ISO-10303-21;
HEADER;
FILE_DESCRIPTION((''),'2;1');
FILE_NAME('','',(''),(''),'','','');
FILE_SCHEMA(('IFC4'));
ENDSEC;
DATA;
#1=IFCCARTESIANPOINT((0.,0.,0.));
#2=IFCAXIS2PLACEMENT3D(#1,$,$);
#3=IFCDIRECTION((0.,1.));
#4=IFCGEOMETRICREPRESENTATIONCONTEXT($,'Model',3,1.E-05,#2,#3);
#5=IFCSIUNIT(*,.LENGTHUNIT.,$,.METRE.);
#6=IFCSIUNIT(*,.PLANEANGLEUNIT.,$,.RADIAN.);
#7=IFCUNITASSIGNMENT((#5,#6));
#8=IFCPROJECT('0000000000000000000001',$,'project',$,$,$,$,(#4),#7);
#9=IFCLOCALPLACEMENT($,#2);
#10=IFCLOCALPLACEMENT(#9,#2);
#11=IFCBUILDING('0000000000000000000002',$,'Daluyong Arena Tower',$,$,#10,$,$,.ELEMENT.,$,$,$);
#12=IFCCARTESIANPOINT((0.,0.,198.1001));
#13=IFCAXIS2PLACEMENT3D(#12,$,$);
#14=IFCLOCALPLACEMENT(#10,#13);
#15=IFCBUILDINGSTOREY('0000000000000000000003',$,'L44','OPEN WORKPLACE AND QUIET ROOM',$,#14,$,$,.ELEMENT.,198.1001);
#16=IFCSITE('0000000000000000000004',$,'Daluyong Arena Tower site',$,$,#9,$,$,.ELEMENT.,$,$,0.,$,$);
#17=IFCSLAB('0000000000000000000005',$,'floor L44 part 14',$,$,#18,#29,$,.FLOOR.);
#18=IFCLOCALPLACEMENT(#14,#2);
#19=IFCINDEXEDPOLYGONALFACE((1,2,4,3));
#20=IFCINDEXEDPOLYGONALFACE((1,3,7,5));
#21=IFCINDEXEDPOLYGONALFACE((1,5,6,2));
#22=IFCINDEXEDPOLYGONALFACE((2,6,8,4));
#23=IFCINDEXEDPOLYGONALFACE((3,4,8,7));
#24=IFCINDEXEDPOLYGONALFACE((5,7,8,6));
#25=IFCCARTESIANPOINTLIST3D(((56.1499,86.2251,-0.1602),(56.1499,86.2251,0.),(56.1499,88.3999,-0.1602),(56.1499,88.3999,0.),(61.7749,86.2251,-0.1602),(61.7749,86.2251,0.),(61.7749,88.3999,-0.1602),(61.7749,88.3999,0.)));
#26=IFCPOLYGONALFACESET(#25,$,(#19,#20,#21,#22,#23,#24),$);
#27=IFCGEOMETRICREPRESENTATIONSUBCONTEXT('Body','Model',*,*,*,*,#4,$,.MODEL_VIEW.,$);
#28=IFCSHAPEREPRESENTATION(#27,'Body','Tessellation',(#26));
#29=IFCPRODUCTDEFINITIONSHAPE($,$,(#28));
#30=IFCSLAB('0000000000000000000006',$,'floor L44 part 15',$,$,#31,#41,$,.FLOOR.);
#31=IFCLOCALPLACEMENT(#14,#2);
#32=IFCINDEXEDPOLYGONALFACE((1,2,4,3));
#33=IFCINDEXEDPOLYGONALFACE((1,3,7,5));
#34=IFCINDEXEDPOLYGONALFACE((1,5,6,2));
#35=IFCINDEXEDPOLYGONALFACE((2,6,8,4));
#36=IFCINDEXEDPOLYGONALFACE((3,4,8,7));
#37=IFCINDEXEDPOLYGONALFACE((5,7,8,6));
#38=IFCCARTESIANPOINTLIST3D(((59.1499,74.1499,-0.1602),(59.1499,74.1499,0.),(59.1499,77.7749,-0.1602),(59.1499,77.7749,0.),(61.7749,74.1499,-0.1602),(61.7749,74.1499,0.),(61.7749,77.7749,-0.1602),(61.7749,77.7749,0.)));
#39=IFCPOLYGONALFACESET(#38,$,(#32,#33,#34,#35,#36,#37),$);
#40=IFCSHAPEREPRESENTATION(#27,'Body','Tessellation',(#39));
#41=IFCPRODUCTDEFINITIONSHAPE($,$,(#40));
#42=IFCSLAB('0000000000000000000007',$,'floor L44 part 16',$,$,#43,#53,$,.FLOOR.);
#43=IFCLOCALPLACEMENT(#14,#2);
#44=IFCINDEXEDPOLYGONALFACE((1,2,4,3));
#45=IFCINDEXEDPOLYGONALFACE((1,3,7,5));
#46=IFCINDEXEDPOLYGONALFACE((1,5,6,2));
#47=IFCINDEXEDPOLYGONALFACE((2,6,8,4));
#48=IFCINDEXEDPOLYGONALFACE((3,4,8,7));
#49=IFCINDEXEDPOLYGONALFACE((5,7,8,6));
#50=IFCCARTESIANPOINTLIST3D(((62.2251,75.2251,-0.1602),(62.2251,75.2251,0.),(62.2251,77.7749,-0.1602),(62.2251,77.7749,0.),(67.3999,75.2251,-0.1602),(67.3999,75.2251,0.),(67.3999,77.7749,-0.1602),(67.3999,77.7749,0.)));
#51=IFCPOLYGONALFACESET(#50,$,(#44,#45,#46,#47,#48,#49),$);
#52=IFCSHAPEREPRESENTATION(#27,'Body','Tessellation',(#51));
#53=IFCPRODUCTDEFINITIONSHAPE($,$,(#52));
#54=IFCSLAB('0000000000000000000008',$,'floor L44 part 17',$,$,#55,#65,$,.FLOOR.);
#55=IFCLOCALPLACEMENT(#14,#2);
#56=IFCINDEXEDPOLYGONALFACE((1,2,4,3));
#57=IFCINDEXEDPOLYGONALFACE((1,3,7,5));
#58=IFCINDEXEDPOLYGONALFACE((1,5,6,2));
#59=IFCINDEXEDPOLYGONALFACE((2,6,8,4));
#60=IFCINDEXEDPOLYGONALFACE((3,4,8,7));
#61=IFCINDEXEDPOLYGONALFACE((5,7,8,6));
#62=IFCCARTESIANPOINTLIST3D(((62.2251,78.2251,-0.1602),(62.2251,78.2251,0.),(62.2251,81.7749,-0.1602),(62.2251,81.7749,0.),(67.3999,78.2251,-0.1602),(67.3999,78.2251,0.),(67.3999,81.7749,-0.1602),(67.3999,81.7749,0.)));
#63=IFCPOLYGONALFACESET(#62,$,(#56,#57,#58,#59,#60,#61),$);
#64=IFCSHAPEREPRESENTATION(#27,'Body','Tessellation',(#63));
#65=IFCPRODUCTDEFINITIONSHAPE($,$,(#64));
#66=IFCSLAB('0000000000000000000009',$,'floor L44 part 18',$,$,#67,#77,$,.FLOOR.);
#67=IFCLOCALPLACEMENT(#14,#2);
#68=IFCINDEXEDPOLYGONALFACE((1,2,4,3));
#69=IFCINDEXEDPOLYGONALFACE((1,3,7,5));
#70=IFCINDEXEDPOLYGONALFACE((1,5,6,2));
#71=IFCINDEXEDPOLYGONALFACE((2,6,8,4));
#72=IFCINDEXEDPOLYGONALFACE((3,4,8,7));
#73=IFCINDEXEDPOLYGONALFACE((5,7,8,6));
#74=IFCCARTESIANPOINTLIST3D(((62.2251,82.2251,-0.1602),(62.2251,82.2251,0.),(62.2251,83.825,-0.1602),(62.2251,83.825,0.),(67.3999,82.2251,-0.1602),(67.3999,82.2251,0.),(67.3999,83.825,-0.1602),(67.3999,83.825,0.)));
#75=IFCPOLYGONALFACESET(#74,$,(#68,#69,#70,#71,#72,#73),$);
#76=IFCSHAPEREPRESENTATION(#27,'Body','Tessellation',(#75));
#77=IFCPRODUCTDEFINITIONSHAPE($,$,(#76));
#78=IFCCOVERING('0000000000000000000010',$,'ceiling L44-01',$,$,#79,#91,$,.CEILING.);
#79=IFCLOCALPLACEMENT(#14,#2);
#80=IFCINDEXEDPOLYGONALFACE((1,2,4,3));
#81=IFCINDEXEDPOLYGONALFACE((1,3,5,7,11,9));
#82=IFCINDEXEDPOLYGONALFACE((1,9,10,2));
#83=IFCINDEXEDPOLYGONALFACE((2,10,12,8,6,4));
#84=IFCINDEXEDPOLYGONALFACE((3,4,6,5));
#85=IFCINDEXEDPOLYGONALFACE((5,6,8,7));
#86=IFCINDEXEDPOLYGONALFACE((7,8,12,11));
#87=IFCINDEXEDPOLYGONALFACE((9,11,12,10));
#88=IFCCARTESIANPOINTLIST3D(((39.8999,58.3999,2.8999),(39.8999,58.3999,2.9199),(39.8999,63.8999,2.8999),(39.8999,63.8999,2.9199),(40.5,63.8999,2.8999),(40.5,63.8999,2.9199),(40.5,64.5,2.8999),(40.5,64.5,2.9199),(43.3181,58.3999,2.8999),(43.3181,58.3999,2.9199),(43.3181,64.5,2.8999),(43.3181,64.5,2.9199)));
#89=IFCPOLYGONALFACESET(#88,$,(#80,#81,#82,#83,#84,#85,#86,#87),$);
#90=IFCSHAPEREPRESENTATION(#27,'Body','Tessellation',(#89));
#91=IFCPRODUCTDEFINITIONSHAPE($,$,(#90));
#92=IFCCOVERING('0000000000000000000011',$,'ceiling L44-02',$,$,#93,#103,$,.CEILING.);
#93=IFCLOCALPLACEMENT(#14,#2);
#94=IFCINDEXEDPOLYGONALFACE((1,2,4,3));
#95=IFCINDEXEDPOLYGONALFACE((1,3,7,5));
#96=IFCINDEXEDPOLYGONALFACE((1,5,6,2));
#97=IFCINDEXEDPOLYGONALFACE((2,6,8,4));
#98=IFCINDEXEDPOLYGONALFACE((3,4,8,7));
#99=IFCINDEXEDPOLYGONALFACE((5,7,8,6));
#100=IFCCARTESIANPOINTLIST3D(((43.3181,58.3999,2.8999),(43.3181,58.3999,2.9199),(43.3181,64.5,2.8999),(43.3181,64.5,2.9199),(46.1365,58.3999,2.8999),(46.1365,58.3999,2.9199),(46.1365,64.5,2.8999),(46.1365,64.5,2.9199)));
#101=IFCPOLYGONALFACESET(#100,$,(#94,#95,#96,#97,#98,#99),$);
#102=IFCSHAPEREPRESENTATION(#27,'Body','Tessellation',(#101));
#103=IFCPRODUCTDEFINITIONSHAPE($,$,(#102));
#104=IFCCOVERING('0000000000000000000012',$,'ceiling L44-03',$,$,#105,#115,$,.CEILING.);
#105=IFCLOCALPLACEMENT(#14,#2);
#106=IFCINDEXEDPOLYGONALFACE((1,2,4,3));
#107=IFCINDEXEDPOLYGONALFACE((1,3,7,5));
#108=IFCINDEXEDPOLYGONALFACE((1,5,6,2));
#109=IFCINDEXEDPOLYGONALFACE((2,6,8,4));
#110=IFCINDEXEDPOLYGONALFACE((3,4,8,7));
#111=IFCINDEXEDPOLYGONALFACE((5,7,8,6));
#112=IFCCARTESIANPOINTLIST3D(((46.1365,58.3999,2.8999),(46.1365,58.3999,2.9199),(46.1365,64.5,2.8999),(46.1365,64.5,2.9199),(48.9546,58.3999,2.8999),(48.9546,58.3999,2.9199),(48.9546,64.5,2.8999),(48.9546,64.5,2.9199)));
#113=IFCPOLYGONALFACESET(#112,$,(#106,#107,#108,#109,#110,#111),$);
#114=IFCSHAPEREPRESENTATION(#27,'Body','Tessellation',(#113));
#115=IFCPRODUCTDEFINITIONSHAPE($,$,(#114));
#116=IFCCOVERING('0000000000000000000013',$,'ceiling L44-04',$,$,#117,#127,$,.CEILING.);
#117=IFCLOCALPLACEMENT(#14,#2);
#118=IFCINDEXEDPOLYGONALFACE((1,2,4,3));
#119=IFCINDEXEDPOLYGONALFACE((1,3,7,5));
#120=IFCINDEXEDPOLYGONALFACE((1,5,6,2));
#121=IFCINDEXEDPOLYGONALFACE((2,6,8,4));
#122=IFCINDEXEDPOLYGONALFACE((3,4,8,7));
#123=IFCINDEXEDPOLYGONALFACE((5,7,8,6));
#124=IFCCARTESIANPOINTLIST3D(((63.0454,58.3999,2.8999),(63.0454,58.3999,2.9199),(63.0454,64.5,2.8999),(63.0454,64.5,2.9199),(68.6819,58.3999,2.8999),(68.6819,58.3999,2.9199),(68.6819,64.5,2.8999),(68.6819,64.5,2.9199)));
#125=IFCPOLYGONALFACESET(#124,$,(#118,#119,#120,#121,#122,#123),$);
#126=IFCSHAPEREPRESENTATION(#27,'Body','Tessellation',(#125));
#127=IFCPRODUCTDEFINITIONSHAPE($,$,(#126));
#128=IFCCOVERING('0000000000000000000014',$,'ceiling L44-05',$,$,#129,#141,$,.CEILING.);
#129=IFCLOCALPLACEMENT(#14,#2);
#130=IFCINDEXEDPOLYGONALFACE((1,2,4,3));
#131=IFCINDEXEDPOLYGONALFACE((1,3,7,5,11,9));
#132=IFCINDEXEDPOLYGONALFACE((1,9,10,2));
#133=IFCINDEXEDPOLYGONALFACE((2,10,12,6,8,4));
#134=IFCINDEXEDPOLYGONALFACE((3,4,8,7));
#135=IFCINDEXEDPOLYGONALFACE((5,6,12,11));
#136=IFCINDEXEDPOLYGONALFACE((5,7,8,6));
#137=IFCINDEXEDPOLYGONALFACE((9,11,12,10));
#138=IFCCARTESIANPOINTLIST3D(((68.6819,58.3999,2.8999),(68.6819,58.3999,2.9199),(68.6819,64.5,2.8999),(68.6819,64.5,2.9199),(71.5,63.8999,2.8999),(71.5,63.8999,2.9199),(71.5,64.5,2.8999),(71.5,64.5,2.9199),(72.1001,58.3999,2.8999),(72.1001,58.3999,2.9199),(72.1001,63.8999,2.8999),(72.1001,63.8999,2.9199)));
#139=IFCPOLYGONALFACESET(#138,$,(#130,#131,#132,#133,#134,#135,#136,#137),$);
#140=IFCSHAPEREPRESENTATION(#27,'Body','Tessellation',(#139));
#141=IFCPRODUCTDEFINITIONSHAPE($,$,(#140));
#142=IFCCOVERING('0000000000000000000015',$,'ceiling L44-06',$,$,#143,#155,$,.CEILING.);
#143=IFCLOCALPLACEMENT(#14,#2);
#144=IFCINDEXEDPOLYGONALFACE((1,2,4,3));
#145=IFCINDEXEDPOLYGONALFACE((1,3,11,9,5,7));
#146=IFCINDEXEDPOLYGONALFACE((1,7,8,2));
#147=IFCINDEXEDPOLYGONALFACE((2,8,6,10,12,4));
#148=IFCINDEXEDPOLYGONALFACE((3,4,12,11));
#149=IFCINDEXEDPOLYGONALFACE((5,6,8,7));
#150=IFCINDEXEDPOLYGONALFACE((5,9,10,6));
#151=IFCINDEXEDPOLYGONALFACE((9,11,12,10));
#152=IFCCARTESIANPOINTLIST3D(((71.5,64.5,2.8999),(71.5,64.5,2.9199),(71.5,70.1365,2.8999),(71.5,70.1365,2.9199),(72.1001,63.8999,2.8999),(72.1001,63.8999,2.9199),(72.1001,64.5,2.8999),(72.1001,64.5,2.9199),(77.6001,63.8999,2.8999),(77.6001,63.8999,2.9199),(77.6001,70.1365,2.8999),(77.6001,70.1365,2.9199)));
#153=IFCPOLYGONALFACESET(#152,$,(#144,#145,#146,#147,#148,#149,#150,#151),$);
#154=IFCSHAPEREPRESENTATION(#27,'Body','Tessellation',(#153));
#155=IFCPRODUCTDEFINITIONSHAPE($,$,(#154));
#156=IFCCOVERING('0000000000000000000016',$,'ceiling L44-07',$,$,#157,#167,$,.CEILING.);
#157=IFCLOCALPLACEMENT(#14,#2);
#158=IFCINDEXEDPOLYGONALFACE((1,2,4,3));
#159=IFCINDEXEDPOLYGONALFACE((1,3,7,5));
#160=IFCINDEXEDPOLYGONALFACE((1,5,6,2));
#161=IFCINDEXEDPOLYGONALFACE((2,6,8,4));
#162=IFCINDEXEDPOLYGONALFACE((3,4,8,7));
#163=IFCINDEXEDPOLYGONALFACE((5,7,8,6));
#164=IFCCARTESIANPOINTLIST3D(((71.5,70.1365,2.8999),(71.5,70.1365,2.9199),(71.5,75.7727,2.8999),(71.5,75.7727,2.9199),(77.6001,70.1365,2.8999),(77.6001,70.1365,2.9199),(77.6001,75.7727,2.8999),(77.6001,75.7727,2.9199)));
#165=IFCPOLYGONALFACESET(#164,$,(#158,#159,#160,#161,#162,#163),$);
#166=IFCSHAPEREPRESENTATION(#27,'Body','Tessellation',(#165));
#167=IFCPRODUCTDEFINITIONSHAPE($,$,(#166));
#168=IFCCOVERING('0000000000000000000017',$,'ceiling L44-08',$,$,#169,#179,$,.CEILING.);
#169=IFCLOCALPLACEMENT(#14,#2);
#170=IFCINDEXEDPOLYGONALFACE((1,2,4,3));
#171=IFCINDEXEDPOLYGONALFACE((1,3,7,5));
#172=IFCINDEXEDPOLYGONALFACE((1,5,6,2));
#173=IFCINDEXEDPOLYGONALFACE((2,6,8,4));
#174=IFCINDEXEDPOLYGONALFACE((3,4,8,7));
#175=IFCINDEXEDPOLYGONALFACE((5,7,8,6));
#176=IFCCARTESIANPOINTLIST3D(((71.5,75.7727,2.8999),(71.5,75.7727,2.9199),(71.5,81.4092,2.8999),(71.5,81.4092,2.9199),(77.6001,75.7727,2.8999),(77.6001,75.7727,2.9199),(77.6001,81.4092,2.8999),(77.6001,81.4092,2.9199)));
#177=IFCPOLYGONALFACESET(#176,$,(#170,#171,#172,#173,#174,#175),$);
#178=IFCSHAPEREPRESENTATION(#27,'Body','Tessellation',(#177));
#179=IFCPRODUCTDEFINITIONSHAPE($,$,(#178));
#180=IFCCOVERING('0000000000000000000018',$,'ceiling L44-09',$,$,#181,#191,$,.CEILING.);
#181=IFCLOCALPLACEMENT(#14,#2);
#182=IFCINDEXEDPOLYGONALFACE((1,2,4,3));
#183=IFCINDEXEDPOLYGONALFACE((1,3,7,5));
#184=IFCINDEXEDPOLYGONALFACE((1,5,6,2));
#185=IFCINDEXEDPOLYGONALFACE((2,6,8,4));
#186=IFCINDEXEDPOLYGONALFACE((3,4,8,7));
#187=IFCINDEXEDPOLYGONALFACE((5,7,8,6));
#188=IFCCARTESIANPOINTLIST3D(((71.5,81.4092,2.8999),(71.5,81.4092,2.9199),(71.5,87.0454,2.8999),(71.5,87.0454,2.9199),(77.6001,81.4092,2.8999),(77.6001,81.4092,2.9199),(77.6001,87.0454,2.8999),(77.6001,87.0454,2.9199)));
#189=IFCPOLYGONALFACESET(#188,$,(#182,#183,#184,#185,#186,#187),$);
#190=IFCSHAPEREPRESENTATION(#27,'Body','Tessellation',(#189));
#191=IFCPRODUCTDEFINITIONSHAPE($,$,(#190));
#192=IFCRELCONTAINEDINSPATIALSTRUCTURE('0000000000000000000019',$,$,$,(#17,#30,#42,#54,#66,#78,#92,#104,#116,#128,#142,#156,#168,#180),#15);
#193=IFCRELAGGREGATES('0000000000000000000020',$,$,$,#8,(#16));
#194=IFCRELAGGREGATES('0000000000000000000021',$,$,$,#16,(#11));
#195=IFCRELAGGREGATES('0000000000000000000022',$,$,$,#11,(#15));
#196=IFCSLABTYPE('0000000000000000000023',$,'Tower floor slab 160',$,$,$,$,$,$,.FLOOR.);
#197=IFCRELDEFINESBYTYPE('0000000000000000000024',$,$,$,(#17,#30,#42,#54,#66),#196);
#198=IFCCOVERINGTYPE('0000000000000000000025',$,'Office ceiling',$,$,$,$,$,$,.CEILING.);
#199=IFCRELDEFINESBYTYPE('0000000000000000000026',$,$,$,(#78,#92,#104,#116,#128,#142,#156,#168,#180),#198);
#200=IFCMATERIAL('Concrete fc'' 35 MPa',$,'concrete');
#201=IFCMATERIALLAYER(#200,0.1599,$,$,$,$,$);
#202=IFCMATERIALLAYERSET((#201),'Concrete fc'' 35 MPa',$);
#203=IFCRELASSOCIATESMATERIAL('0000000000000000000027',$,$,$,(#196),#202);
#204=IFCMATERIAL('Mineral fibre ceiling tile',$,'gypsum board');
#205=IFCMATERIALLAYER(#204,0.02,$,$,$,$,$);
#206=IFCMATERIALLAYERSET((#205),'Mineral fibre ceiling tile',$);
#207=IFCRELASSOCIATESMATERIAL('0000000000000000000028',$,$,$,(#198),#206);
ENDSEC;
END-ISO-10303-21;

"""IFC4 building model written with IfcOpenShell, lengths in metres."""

from ifc_helpers import new_model, si_unit, direction, frame, origin, place, context, subcontext, project, spatial, polyline, outline, extrude, material, layer, layer_set, type_object, element, save


model = new_model("IFC4")

# Units and contexts
model_context = context("Model", 3, precision=1e-05, world=origin(), true_north=direction((0.0, 1.0)))
body_context = subcontext(model_context, "Body", "Model", "MODEL_VIEW")
ifc_project = project(units=[si_unit("LENGTHUNIT", "METRE"), si_unit("PLANEANGLEUNIT", "RADIAN")], contexts=[model_context])

# Site, building, storey
site_placement = place(None, origin())
site = spatial("IfcSite", under=ifc_project, at=site_placement, Name="Daluyong Arena Tower site", CompositionType="ELEMENT", RefElevation=0.0)
building_placement = place(site_placement, origin())
building = spatial("IfcBuilding", under=site, at=building_placement, Name="Daluyong Arena Tower", CompositionType="ELEMENT")
storey_placement = place(building_placement, frame((0.0, 0.0, 198.1001)))
storey = spatial("IfcBuildingStorey", under=building, at=storey_placement, Name="L44", Description="OPEN WORKPLACE AND QUIET ROOM", CompositionType="ELEMENT", Elevation=198.1001)

# Slabs
ifc_material_1 = material(Name="Concrete fc' 35 MPa", Category="concrete")
ifc_layer_1 = layer(ifc_material_1, 0.1599)
ifc_layer_set_1 = layer_set([ifc_layer_1], Name="Concrete fc' 35 MPa")
slab_type = type_object("IfcSlabType", Name="Tower floor slab 160", PredefinedType="FLOOR", material=ifc_layer_set_1)
slab_1_placement = place(storey_placement, frame((0.0, 0.0, -0.1602)))
element("IfcSlab", 1, at=slab_1_placement, inside=storey, type_object=slab_type, Name="floor L44 part 14", PredefinedType="FLOOR", context=body_context, shape_type="SweptSolid", body=[
    extrude(outline(polyline([(56.1499, 88.3999), (56.1499, 86.2251), (61.7749, 86.2251), (61.7749, 88.3999), (56.1499, 88.3999)])), origin(), (0.0, 0.0, 1.0), 0.1602),
])
slab_2_placement = place(storey_placement, frame((0.0, 0.0, -0.1602)))
element("IfcSlab", 2, at=slab_2_placement, inside=storey, type_object=slab_type, Name="floor L44 part 15", PredefinedType="FLOOR", context=body_context, shape_type="SweptSolid", body=[
    extrude(outline(polyline([(61.7749, 77.7749), (59.1499, 77.7749), (59.1499, 74.1499), (61.7749, 74.1499), (61.7749, 77.7749)])), origin(), (0.0, 0.0, 1.0), 0.1602),
])
slab_3_placement = place(storey_placement, frame((0.0, 0.0, -0.1602)))
element("IfcSlab", 3, at=slab_3_placement, inside=storey, type_object=slab_type, Name="floor L44 part 16", PredefinedType="FLOOR", context=body_context, shape_type="SweptSolid", body=[
    extrude(outline(polyline([(67.3999, 75.2251), (67.3999, 77.7749), (62.2251, 77.7749), (62.2251, 75.2251), (67.3999, 75.2251)])), origin(), (0.0, 0.0, 1.0), 0.1602),
])
slab_4_placement = place(storey_placement, frame((0.0, 0.0, -0.1602)))
element("IfcSlab", 4, at=slab_4_placement, inside=storey, type_object=slab_type, Name="floor L44 part 17", PredefinedType="FLOOR", context=body_context, shape_type="SweptSolid", body=[
    extrude(outline(polyline([(67.3999, 78.2251), (67.3999, 81.7749), (62.2251, 81.7749), (62.2251, 78.2251), (67.3999, 78.2251)])), origin(), (0.0, 0.0, 1.0), 0.1602),
])
slab_5_placement = place(storey_placement, frame((0.0, 0.0, -0.1602)))
element("IfcSlab", 5, at=slab_5_placement, inside=storey, type_object=slab_type, Name="floor L44 part 18", PredefinedType="FLOOR", context=body_context, shape_type="SweptSolid", body=[
    extrude(outline(polyline([(67.3999, 83.825), (62.2251, 83.825), (62.2251, 82.2251), (67.3999, 82.2251), (67.3999, 83.825)])), origin(), (0.0, 0.0, 1.0), 0.1602),
])

# Coverings
ifc_material_2 = material(Name="Mineral fibre ceiling tile", Category="gypsum board")
ifc_layer_2 = layer(ifc_material_2, 0.02)
ifc_layer_set_2 = layer_set([ifc_layer_2], Name="Mineral fibre ceiling tile")
covering_type = type_object("IfcCoveringType", Name="Office ceiling", PredefinedType="CEILING", material=ifc_layer_set_2)
covering_1_placement = place(storey_placement, frame((0.0, 0.0, 2.8999)))
element("IfcCovering", 6, at=covering_1_placement, inside=storey, type_object=covering_type, Name="ceiling L44-01", PredefinedType="CEILING", context=body_context, shape_type="SweptSolid", body=[
    extrude(outline(polyline([(39.8999, 63.8999), (39.8999, 58.3999), (43.3181, 58.3999), (43.3181, 64.5), (40.5, 64.5), (40.5, 63.8999), (39.8999, 63.8999)])), origin(), (0.0, 0.0, 1.0), 0.02),
])
covering_2_placement = place(storey_placement, frame((0.0, 0.0, 2.8999)))
element("IfcCovering", 7, at=covering_2_placement, inside=storey, type_object=covering_type, Name="ceiling L44-02", PredefinedType="CEILING", context=body_context, shape_type="SweptSolid", body=[
    extrude(outline(polyline([(43.3181, 64.5), (43.3181, 58.3999), (46.1365, 58.3999), (46.1365, 64.5), (43.3181, 64.5)])), origin(), (0.0, 0.0, 1.0), 0.02),
])
covering_3_placement = place(storey_placement, frame((0.0, 0.0, 2.8999)))
element("IfcCovering", 8, at=covering_3_placement, inside=storey, type_object=covering_type, Name="ceiling L44-03", PredefinedType="CEILING", context=body_context, shape_type="SweptSolid", body=[
    extrude(outline(polyline([(46.1365, 64.5), (46.1365, 58.3999), (48.9546, 58.3999), (48.9546, 64.5), (46.1365, 64.5)])), origin(), (0.0, 0.0, 1.0), 0.02),
])
covering_4_placement = place(storey_placement, frame((0.0, 0.0, 2.8999)))
element("IfcCovering", 9, at=covering_4_placement, inside=storey, type_object=covering_type, Name="ceiling L44-04", PredefinedType="CEILING", context=body_context, shape_type="SweptSolid", body=[
    extrude(outline(polyline([(63.0454, 64.5), (63.0454, 58.3999), (68.6819, 58.3999), (68.6819, 64.5), (63.0454, 64.5)])), origin(), (0.0, 0.0, 1.0), 0.02),
])
covering_5_placement = place(storey_placement, frame((0.0, 0.0, 2.8999)))
element("IfcCovering", 10, at=covering_5_placement, inside=storey, type_object=covering_type, Name="ceiling L44-05", PredefinedType="CEILING", context=body_context, shape_type="SweptSolid", body=[
    extrude(outline(polyline([(72.1001, 58.3999), (72.1001, 63.8999), (71.5, 63.8999), (71.5, 64.5), (68.6819, 64.5), (68.6819, 58.3999), (72.1001, 58.3999)])), origin(), (0.0, 0.0, 1.0), 0.02),
])
covering_6_placement = place(storey_placement, frame((0.0, 0.0, 2.8999)))
element("IfcCovering", 11, at=covering_6_placement, inside=storey, type_object=covering_type, Name="ceiling L44-06", PredefinedType="CEILING", context=body_context, shape_type="SweptSolid", body=[
    extrude(outline(polyline([(72.1001, 63.8999), (77.6001, 63.8999), (77.6001, 70.1365), (71.5, 70.1365), (71.5, 64.5), (72.1001, 64.5), (72.1001, 63.8999)])), origin(), (0.0, 0.0, 1.0), 0.02),
])
covering_7_placement = place(storey_placement, frame((0.0, 0.0, 2.8999)))
element("IfcCovering", 12, at=covering_7_placement, inside=storey, type_object=covering_type, Name="ceiling L44-07", PredefinedType="CEILING", context=body_context, shape_type="SweptSolid", body=[
    extrude(outline(polyline([(71.5, 70.1365), (77.6001, 70.1365), (77.6001, 75.7727), (71.5, 75.7727), (71.5, 70.1365)])), origin(), (0.0, 0.0, 1.0), 0.02),
])
covering_8_placement = place(storey_placement, frame((0.0, 0.0, 2.8999)))
element("IfcCovering", 13, at=covering_8_placement, inside=storey, type_object=covering_type, Name="ceiling L44-08", PredefinedType="CEILING", context=body_context, shape_type="SweptSolid", body=[
    extrude(outline(polyline([(71.5, 75.7727), (77.6001, 75.7727), (77.6001, 81.4092), (71.5, 81.4092), (71.5, 75.7727)])), origin(), (0.0, 0.0, 1.0), 0.02),
])
covering_9_placement = place(storey_placement, frame((0.0, 0.0, 2.8999)))
element("IfcCovering", 14, at=covering_9_placement, inside=storey, type_object=covering_type, Name="ceiling L44-09", PredefinedType="CEILING", context=body_context, shape_type="SweptSolid", body=[
    extrude(outline(polyline([(71.5, 81.4092), (77.6001, 81.4092), (77.6001, 87.0454), (71.5, 87.0454), (71.5, 81.4092)])), origin(), (0.0, 0.0, 1.0), 0.02),
])

save(model, "model.ifc")
